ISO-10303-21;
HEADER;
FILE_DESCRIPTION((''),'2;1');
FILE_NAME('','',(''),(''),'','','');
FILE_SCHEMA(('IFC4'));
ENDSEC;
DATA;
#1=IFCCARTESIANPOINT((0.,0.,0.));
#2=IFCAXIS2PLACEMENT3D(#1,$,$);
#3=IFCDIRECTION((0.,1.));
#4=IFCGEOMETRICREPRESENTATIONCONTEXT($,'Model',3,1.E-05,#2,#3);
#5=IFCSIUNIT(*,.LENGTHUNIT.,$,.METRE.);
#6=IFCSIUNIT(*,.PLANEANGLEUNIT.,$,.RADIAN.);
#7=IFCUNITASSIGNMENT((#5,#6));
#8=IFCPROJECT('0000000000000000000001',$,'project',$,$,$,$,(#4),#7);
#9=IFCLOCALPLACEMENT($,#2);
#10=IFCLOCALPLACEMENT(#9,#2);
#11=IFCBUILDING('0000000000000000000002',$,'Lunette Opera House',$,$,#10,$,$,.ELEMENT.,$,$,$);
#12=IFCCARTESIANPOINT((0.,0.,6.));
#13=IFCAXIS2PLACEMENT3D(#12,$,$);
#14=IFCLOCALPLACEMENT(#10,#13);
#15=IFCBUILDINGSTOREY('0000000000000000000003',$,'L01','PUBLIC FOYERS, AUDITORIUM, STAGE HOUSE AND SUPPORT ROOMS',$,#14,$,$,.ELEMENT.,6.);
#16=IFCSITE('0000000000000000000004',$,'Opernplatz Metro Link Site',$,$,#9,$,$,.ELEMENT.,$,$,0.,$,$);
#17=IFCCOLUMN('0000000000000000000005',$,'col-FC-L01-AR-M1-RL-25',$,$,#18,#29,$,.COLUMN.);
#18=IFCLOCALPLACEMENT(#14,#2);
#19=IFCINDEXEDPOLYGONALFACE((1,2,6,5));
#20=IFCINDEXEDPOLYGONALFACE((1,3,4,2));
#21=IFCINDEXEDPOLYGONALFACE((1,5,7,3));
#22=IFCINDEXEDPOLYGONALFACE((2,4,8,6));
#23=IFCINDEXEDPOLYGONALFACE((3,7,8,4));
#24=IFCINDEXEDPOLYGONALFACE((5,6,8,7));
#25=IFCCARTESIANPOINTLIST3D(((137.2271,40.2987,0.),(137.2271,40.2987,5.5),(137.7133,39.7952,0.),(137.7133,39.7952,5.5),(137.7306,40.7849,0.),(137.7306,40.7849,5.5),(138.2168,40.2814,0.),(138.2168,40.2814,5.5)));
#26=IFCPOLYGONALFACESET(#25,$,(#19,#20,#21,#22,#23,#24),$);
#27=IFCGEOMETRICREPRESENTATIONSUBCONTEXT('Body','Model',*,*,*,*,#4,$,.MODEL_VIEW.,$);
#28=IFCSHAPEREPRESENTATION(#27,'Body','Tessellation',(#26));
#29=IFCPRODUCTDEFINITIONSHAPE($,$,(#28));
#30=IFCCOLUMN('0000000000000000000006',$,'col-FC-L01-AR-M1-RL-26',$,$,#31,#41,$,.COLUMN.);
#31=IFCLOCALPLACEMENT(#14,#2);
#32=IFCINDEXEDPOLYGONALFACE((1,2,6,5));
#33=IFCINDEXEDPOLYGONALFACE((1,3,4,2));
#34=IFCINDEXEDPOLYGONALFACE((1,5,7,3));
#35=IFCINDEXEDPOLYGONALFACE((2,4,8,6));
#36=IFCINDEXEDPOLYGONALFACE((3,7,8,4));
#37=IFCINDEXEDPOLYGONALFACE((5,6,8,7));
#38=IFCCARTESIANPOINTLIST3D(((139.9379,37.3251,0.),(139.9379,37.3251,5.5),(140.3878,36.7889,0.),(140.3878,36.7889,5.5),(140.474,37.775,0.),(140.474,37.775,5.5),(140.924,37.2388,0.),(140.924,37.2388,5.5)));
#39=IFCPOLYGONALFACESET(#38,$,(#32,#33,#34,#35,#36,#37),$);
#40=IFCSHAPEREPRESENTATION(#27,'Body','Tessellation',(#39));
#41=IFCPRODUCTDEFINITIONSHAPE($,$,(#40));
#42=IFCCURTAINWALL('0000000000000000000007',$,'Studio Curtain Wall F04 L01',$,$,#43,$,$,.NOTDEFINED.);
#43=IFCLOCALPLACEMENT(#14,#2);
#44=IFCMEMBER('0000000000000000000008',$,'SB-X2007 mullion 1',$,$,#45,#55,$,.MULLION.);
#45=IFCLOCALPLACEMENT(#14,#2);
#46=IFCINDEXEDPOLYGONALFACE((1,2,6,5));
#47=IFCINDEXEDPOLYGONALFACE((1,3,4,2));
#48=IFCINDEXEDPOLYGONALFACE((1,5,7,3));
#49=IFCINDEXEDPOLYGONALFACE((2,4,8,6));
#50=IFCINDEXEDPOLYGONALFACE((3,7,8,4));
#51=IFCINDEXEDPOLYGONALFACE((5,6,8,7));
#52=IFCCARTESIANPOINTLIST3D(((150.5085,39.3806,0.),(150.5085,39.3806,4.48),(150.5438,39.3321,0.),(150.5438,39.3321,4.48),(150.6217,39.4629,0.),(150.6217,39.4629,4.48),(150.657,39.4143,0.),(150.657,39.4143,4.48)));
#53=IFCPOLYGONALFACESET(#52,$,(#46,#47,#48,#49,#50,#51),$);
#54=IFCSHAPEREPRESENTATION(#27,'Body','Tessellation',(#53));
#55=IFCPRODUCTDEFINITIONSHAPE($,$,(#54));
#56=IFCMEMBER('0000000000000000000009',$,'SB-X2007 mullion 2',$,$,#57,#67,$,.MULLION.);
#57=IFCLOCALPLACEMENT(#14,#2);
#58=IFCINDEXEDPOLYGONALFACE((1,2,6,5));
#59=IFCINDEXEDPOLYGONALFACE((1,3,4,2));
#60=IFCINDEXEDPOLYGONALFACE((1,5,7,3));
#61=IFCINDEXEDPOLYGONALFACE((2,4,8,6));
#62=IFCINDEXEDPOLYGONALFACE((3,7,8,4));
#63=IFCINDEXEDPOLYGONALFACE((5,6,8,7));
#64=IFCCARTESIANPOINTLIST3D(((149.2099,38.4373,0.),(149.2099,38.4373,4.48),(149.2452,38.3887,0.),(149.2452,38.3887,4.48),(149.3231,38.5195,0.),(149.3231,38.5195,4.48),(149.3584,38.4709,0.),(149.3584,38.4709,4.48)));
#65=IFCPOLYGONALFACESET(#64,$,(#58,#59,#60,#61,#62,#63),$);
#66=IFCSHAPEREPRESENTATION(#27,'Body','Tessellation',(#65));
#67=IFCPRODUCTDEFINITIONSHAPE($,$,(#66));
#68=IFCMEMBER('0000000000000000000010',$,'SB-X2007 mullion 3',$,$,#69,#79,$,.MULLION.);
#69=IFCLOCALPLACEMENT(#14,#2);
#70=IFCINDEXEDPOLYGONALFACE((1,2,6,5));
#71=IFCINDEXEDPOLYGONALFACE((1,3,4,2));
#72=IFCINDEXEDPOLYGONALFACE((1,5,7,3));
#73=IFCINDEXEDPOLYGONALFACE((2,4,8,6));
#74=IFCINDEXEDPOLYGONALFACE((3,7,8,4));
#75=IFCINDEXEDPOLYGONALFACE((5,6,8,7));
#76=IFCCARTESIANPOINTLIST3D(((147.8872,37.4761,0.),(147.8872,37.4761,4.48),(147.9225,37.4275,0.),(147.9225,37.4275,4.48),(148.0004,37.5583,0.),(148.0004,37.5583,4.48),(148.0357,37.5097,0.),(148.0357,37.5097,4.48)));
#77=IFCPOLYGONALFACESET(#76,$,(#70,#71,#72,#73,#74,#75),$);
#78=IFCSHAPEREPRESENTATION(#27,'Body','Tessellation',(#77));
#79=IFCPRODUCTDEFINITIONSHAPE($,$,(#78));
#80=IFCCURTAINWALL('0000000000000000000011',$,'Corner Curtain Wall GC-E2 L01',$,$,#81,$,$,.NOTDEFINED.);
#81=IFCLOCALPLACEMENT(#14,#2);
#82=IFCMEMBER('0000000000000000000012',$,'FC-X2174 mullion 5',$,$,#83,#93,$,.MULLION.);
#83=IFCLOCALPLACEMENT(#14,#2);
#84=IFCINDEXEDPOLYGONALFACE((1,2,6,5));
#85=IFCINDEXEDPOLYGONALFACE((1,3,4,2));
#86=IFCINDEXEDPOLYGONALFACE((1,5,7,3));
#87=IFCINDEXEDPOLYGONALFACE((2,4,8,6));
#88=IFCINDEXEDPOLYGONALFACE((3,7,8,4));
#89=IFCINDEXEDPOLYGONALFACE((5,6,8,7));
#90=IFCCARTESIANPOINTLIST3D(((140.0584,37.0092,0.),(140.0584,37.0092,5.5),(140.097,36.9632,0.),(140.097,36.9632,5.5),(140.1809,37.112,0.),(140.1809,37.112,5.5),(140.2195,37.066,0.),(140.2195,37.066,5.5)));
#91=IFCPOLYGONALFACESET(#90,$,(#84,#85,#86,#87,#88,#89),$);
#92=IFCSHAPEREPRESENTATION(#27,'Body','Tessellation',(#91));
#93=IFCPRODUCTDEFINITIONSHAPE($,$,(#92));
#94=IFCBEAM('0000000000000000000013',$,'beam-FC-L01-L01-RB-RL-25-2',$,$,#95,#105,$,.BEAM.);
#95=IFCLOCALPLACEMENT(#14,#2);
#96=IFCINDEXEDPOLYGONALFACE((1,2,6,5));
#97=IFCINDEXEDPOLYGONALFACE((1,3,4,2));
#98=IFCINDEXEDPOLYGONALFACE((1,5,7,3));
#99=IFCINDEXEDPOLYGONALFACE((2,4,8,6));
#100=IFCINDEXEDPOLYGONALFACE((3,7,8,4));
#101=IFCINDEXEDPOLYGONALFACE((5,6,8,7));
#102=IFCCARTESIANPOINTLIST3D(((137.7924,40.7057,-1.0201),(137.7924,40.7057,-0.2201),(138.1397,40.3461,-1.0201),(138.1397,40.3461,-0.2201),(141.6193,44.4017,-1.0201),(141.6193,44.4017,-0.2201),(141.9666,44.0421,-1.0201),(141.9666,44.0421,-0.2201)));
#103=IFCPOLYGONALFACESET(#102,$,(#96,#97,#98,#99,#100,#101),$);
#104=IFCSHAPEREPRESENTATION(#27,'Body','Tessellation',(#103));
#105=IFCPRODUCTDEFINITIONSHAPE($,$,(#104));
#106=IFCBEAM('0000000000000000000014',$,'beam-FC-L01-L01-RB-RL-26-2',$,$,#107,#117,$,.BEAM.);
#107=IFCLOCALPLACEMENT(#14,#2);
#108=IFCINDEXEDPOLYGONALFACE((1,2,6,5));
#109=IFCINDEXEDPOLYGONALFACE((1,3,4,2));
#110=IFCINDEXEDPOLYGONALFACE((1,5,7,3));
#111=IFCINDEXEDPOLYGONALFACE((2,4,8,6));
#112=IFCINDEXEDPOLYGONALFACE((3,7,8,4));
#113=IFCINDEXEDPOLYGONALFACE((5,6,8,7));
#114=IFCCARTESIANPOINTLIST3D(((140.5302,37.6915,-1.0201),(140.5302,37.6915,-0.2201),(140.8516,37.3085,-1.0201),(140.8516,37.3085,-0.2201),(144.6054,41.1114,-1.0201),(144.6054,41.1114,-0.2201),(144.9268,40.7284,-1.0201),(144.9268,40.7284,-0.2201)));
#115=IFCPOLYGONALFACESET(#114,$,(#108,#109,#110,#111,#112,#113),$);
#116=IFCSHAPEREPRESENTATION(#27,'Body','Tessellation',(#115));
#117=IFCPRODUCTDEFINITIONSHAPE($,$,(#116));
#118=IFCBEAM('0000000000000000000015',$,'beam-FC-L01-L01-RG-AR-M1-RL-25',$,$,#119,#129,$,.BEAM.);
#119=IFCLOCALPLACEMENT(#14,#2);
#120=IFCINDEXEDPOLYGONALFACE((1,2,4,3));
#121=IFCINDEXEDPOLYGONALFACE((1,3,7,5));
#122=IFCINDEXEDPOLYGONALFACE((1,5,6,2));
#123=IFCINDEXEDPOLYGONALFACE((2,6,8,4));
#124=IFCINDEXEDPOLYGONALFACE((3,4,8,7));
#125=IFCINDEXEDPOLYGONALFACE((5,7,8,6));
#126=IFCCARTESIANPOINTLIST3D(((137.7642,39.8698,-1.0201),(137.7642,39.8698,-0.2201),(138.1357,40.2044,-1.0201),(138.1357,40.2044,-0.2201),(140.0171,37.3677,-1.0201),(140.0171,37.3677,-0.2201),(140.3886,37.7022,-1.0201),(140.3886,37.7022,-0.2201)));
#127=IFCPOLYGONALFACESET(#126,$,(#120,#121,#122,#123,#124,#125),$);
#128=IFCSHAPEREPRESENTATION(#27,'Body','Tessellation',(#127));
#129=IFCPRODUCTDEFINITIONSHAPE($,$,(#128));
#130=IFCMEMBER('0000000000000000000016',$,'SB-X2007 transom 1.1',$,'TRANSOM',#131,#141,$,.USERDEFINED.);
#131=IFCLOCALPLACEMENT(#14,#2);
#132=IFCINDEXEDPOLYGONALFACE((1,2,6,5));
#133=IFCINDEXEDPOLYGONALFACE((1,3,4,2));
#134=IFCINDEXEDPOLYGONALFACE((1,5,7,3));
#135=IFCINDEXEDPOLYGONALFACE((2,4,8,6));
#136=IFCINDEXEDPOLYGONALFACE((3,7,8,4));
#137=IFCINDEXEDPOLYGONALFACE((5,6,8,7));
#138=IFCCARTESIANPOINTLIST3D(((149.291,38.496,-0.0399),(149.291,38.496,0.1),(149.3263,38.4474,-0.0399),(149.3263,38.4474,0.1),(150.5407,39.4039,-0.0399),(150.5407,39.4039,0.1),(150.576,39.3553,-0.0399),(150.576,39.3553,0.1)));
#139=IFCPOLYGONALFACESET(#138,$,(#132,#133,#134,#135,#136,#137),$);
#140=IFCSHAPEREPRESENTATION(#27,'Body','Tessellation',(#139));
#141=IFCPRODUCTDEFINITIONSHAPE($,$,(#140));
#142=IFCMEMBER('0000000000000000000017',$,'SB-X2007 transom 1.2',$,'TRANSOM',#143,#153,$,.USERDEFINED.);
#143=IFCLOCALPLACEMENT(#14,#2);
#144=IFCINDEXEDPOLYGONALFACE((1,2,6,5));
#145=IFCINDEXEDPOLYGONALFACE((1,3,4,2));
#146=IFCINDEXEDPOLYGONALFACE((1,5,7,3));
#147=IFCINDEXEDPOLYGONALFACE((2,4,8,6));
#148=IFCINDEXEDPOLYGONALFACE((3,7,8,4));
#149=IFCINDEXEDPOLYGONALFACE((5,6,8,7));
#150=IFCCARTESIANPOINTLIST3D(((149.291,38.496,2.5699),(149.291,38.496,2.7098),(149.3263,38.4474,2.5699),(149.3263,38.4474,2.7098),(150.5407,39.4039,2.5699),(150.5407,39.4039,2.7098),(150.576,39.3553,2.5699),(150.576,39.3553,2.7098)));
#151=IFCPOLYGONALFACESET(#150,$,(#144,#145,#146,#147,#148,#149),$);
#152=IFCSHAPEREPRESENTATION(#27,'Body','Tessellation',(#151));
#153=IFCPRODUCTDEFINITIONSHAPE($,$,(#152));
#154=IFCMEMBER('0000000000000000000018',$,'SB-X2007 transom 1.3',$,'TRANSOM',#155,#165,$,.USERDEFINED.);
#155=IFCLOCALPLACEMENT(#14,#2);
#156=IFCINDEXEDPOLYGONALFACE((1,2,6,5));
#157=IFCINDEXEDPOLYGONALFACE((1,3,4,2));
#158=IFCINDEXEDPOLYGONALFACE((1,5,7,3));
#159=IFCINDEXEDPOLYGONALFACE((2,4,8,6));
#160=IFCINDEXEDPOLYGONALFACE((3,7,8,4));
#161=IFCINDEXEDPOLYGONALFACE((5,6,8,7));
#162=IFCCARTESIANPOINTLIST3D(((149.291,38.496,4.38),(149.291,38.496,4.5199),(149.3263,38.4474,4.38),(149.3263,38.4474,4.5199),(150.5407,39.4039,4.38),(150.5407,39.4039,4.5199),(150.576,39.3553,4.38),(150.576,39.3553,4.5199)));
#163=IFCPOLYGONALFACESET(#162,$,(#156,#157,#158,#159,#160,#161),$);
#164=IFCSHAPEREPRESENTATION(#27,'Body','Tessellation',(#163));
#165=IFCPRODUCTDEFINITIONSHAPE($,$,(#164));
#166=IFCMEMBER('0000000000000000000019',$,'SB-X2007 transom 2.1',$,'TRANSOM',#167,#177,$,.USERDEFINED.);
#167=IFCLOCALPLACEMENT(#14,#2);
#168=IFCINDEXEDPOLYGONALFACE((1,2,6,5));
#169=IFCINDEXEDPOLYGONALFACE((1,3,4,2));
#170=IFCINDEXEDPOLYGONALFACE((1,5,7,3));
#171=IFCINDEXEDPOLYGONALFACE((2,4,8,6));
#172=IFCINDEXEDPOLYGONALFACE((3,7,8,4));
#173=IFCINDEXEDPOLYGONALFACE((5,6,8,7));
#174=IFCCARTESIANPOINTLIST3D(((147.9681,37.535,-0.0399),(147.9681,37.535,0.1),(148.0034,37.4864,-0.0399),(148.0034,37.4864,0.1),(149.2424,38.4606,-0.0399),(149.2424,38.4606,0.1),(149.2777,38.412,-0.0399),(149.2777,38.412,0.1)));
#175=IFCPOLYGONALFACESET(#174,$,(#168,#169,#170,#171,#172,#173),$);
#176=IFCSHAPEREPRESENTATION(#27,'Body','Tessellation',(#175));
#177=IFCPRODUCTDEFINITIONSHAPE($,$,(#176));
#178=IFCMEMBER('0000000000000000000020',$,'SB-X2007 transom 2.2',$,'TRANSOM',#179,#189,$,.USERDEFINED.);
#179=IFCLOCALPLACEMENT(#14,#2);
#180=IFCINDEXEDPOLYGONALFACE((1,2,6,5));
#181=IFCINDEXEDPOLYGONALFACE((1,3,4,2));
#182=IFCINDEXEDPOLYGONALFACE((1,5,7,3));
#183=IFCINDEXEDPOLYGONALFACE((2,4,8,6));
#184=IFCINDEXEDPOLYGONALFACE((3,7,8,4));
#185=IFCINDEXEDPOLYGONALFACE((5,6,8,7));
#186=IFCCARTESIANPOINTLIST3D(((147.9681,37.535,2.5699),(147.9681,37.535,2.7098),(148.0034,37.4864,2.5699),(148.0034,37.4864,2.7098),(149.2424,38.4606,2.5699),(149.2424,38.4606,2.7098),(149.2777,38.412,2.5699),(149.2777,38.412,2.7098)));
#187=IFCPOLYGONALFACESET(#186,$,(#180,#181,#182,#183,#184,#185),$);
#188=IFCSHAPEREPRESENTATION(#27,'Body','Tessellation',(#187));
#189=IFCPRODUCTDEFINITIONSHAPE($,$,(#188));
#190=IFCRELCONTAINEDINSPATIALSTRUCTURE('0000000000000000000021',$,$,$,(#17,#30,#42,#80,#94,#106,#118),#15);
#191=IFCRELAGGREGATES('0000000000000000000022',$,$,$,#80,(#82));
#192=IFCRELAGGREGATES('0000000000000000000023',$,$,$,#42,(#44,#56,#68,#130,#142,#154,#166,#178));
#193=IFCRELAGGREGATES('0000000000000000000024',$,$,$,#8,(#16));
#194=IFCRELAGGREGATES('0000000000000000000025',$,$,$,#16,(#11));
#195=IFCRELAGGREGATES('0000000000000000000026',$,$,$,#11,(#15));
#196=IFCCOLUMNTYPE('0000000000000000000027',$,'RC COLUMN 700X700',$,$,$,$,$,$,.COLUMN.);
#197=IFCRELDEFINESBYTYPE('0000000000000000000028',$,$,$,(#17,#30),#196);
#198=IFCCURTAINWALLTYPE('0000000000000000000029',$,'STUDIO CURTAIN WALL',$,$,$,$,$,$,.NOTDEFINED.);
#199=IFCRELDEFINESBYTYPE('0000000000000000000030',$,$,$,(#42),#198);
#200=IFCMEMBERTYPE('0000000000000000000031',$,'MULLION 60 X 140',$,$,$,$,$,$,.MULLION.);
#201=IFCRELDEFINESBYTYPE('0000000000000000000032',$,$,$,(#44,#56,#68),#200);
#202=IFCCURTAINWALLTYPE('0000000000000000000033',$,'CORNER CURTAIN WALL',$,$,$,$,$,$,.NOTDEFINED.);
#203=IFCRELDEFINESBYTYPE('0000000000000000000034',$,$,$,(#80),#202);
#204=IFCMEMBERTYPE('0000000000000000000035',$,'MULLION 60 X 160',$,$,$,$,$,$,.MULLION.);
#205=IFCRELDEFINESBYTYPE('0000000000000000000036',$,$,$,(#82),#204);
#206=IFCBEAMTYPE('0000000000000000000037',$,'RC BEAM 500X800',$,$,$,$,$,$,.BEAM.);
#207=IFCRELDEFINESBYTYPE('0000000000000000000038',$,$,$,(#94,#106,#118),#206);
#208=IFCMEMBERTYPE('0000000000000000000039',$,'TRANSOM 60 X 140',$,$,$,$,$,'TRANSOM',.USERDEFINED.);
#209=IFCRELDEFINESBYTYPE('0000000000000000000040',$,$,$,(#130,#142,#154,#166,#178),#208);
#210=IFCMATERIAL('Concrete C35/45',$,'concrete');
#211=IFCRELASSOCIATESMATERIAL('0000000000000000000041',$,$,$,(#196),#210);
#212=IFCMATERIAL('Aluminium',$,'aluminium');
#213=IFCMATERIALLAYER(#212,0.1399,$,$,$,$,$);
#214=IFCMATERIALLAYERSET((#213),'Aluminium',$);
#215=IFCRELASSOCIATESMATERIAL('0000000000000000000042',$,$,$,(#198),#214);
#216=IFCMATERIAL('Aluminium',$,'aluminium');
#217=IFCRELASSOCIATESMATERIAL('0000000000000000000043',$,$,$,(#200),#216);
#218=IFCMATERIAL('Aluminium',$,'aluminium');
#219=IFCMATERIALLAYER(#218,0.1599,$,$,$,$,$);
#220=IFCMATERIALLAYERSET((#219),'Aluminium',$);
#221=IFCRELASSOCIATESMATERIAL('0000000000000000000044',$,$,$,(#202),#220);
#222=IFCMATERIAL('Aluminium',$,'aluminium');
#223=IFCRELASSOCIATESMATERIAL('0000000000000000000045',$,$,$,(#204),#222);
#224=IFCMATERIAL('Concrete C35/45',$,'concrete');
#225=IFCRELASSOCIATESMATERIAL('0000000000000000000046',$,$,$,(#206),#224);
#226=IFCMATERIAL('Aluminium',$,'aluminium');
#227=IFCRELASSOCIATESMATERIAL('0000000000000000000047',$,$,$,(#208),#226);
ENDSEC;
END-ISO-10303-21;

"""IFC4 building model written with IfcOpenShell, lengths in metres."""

from ifc_helpers import new_model, si_unit, direction, frame, origin, origin_2d, place, context, subcontext, project, spatial, rectangle, extrude, material, layer, layer_set, material_profile, profile_set, type_object, element, aggregate, save


model = new_model("IFC4")

# Units and contexts
model_context = context("Model", 3, precision=1e-05, world=origin(), true_north=direction((0.0, 1.0)))
body_context = subcontext(model_context, "Body", "Model", "MODEL_VIEW")
ifc_project = project(units=[si_unit("LENGTHUNIT", "METRE"), si_unit("PLANEANGLEUNIT", "RADIAN")], contexts=[model_context])

# Site, building, storey
site_placement = place(None, origin())
site = spatial("IfcSite", under=ifc_project, at=site_placement, Name="Opernplatz Metro Link Site", CompositionType="ELEMENT", RefElevation=0.0)
building_placement = place(site_placement, origin())
building = spatial("IfcBuilding", under=site, at=building_placement, Name="Lunette Opera House", CompositionType="ELEMENT")
storey_placement = place(building_placement, frame((0.0, 0.0, 6.0)))
storey = spatial("IfcBuildingStorey", under=building, at=storey_placement, Name="L01", Description="PUBLIC FOYERS, AUDITORIUM, STAGE HOUSE AND SUPPORT ROOMS", CompositionType="ELEMENT", Elevation=6.0)

# Columns
ifc_material_1 = material(Name="Concrete C35/45", Category="concrete")
ifc_material_profile_1 = material_profile(ifc_material_1, rectangle(XDim=0.7, YDim=0.7, at=origin_2d()), Name="RC COLUMN 700X700")
ifc_profile_set_1 = profile_set([ifc_material_profile_1], Name="Concrete C35/45")
column_type = type_object("IfcColumnType", Name="RC COLUMN 700X700", PredefinedType="COLUMN", material=ifc_profile_set_1)
for number, where, z_axis, x_axis, name in (
    (1, (137.7219, 40.29, 0.0), (0.0, 0.0, 1.0), (0.694658, -0.71934, 0.0), "col-FC-L01-AR-M1-RL-25"),
    (2, (140.4309, 37.282, 0.0), (0.0, 0.0, 1.0), (0.642788, -0.766044, 0.0), "col-FC-L01-AR-M1-RL-26"),
):
    element("IfcColumn", number, at=place(storey_placement, frame(where, z_axis=z_axis, x_axis=x_axis)), inside=storey, type_object=column_type, Name=name, PredefinedType="COLUMN", context=body_context, shape_type="SweptSolid", body=[
        extrude(rectangle(XDim=0.7, YDim=0.7, at=origin_2d()), origin(), (0.0, 0.0, 1.0), 5.5),
    ])

# Curtain wall, members
ifc_material_2 = material(Name="Aluminium", Category="aluminium")
ifc_layer_1 = layer(ifc_material_2, 0.1399)
ifc_layer_set_1 = layer_set([ifc_layer_1], Name="Aluminium")
curtain_wall_type_1 = type_object("IfcCurtainWallType", Name="STUDIO CURTAIN WALL", PredefinedType="NOTDEFINED", material=ifc_layer_set_1)
curtain_wall_1_placement = place(storey_placement, origin())
curtain_wall_1 = element("IfcCurtainWall", 3, at=curtain_wall_1_placement, inside=storey, type_object=curtain_wall_type_1, Name="Studio Curtain Wall F04 L01", PredefinedType="NOTDEFINED")
ifc_material_3 = material(Name="Aluminium", Category="aluminium")
ifc_material_profile_2 = material_profile(ifc_material_3, rectangle(XDim=0.0601, YDim=0.1399, at=origin_2d()), Name="MULLION 60 X 140")
ifc_profile_set_2 = profile_set([ifc_material_profile_2], Name="Aluminium")
member_type_1 = type_object("IfcMemberType", Name="MULLION 60 X 140", PredefinedType="MULLION", material=ifc_profile_set_2)
member_1_placement = place(storey_placement, frame((150.5828, 39.3975, 0.0), z_axis=(0.0, 0.0, 1.0), x_axis=(0.587772, -0.809027, 0.0)))
member_1 = element("IfcMember", 4, at=member_1_placement, type_object=member_type_1, Name="SB-X2007 mullion 1", PredefinedType="MULLION", context=body_context, shape_type="SweptSolid", body=[
    extrude(rectangle(XDim=0.0601, YDim=0.1399, at=origin_2d()), origin(), (0.0, 0.0, 1.0), 4.48),
])
member_2_placement = place(storey_placement, frame((149.2842, 38.4541, 0.0), z_axis=(0.0, 0.0, 1.0), x_axis=(0.587772, -0.809027, 0.0)))
member_2 = element("IfcMember", 5, at=member_2_placement, type_object=member_type_1, Name="SB-X2007 mullion 2", PredefinedType="MULLION", context=body_context, shape_type="SweptSolid", body=[
    extrude(rectangle(XDim=0.0601, YDim=0.1399, at=origin_2d()), origin(), (0.0, 0.0, 1.0), 4.48),
])
member_3_placement = place(storey_placement, frame((147.9614, 37.4929, 0.0), z_axis=(0.0, 0.0, 1.0), x_axis=(0.587772, -0.809027, 0.0)))
member_3 = element("IfcMember", 6, at=member_3_placement, type_object=member_type_1, Name="SB-X2007 mullion 3", PredefinedType="MULLION", context=body_context, shape_type="SweptSolid", body=[
    extrude(rectangle(XDim=0.0601, YDim=0.1399, at=origin_2d()), origin(), (0.0, 0.0, 1.0), 4.48),
])

# Curtain wall, member
ifc_material_4 = material(Name="Aluminium", Category="aluminium")
ifc_layer_2 = layer(ifc_material_4, 0.1599)
ifc_layer_set_2 = layer_set([ifc_layer_2], Name="Aluminium")
curtain_wall_type_2 = type_object("IfcCurtainWallType", Name="CORNER CURTAIN WALL", PredefinedType="NOTDEFINED", material=ifc_layer_set_2)
curtain_wall_2_placement = place(storey_placement, origin())
curtain_wall_2 = element("IfcCurtainWall", 7, at=curtain_wall_2_placement, inside=storey, type_object=curtain_wall_type_2, Name="Corner Curtain Wall GC-E2 L01", PredefinedType="NOTDEFINED")
ifc_material_5 = material(Name="Aluminium", Category="aluminium")
ifc_material_profile_3 = material_profile(ifc_material_5, rectangle(XDim=0.0601, YDim=0.1599, at=origin_2d()), Name="MULLION 60 X 160")
ifc_profile_set_3 = profile_set([ifc_material_profile_3], Name="Aluminium")
member_type_2 = type_object("IfcMemberType", Name="MULLION 60 X 160", PredefinedType="MULLION", material=ifc_profile_set_3)
member_4_placement = place(storey_placement, frame((140.1389, 37.0376, 0.0), z_axis=(0.0, 0.0, 1.0), x_axis=(-0.642828, 0.76601, 0.0)))
member_4 = element("IfcMember", 8, at=member_4_placement, type_object=member_type_2, Name="FC-X2174 mullion 5", PredefinedType="MULLION", context=body_context, shape_type="SweptSolid", body=[
    extrude(rectangle(XDim=0.0601, YDim=0.1599, at=origin_2d()), origin(), (0.0, 0.0, 1.0), 5.5),
])
aggregate(curtain_wall_2, [member_4])

# Beams
ifc_material_6 = material(Name="Concrete C35/45", Category="concrete")
ifc_material_profile_4 = material_profile(ifc_material_6, rectangle(XDim=0.5, YDim=0.8, at=origin_2d()), Name="RC BEAM 500X800")
ifc_profile_set_4 = profile_set([ifc_material_profile_4], Name="Concrete C35/45")
beam_type = type_object("IfcBeamType", Name="RC BEAM 500X800", PredefinedType="BEAM", material=ifc_profile_set_4)
beam_1_placement = place(storey_placement, frame((137.9661, 40.5259, -0.6201), z_axis=(0.719298, 0.694702, 0.0), x_axis=(-0.694702, 0.719298, 0.0)))
element("IfcBeam", 9, at=beam_1_placement, inside=storey, type_object=beam_type, Name="beam-FC-L01-L01-RB-RL-25-2", PredefinedType="BEAM", context=body_context, shape_type="SweptSolid", body=[
    extrude(rectangle(XDim=0.5, YDim=0.8, at=origin_2d()), origin(), (0.0, 0.0, 1.0), 5.3203),
])
beam_2_placement = place(storey_placement, frame((140.6909, 37.5, -0.6201), z_axis=(0.766005, 0.642835, 0.0), x_axis=(-0.642835, 0.766005, 0.0)))
element("IfcBeam", 10, at=beam_2_placement, inside=storey, type_object=beam_type, Name="beam-FC-L01-L01-RB-RL-26-2", PredefinedType="BEAM", context=body_context, shape_type="SweptSolid", body=[
    extrude(rectangle(XDim=0.5, YDim=0.8, at=origin_2d()), origin(), (0.0, 0.0, 1.0), 5.3201),
])
beam_3_placement = place(storey_placement, frame((137.95, 40.0371, -0.6201), z_axis=(0.669121, -0.743154, 0.0), x_axis=(0.743154, 0.669121, 0.0)))
element("IfcBeam", 11, at=beam_3_placement, inside=storey, type_object=beam_type, Name="beam-FC-L01-L01-RG-AR-M1-RL-25", PredefinedType="BEAM", context=body_context, shape_type="SweptSolid", body=[
    extrude(rectangle(XDim=0.5, YDim=0.8, at=origin_2d()), origin(), (0.0, 0.0, 1.0), 3.3669),
])

# Members
ifc_material_7 = material(Name="Aluminium", Category="aluminium")
ifc_material_profile_5 = material_profile(ifc_material_7, rectangle(XDim=0.0601, YDim=0.1399, at=origin_2d()), Name="TRANSOM 60 X 140")
ifc_profile_set_5 = profile_set([ifc_material_profile_5], Name="Aluminium")
member_type_3 = type_object("IfcMemberType", Name="TRANSOM 60 X 140", ElementType="TRANSOM", PredefinedType="USERDEFINED", material=ifc_profile_set_5)
member_5_placement = place(storey_placement, frame((150.5583, 39.3796, 0.03), z_axis=(-0.80903, -0.587768, 0.0), x_axis=(0.587768, -0.80903, 0.0)))
member_5 = element("IfcMember", 12, at=member_5_placement, type_object=member_type_3, Name="SB-X2007 transom 1.1", ObjectType="TRANSOM", PredefinedType="USERDEFINED", context=body_context, shape_type="SweptSolid", body=[
    extrude(rectangle(XDim=0.0601, YDim=0.1399, at=origin_2d()), origin(), (0.0, 0.0, 1.0), 1.5447),
])
member_6_placement = place(storey_placement, frame((150.5583, 39.3796, 2.6399), z_axis=(-0.80903, -0.587768, 0.0), x_axis=(0.587768, -0.80903, 0.0)))
member_6 = element("IfcMember", 13, at=member_6_placement, type_object=member_type_3, Name="SB-X2007 transom 1.2", ObjectType="TRANSOM", PredefinedType="USERDEFINED", context=body_context, shape_type="SweptSolid", body=[
    extrude(rectangle(XDim=0.0601, YDim=0.1399, at=origin_2d()), origin(), (0.0, 0.0, 1.0), 1.5447),
])
member_7_placement = place(storey_placement, frame((150.5583, 39.3796, 4.45), z_axis=(-0.80903, -0.587768, 0.0), x_axis=(0.587768, -0.80903, 0.0)))
member_7 = element("IfcMember", 14, at=member_7_placement, type_object=member_type_3, Name="SB-X2007 transom 1.3", ObjectType="TRANSOM", PredefinedType="USERDEFINED", context=body_context, shape_type="SweptSolid", body=[
    extrude(rectangle(XDim=0.0601, YDim=0.1399, at=origin_2d()), origin(), (0.0, 0.0, 1.0), 1.5447),
])
member_8_placement = place(storey_placement, frame((149.26, 38.4363, 0.03), z_axis=(-0.809078, -0.587701, 0.0), x_axis=(0.587701, -0.809078, 0.0)))
member_8 = element("IfcMember", 15, at=member_8_placement, type_object=member_type_3, Name="SB-X2007 transom 2.1", ObjectType="TRANSOM", PredefinedType="USERDEFINED", context=body_context, shape_type="SweptSolid", body=[
    extrude(rectangle(XDim=0.0601, YDim=0.1399, at=origin_2d()), origin(), (0.0, 0.0, 1.0), 1.575),
])
member_9_placement = place(storey_placement, frame((149.26, 38.4363, 2.6399), z_axis=(-0.809078, -0.587701, 0.0), x_axis=(0.587701, -0.809078, 0.0)))
member_9 = element("IfcMember", 16, at=member_9_placement, type_object=member_type_3, Name="SB-X2007 transom 2.2", ObjectType="TRANSOM", PredefinedType="USERDEFINED", context=body_context, shape_type="SweptSolid", body=[
    extrude(rectangle(XDim=0.0601, YDim=0.1399, at=origin_2d()), origin(), (0.0, 0.0, 1.0), 1.575),
])

aggregate(curtain_wall_1, [member_1, member_2, member_3, member_5, member_6, member_7, member_8, member_9])

save(model, "model.ifc")
